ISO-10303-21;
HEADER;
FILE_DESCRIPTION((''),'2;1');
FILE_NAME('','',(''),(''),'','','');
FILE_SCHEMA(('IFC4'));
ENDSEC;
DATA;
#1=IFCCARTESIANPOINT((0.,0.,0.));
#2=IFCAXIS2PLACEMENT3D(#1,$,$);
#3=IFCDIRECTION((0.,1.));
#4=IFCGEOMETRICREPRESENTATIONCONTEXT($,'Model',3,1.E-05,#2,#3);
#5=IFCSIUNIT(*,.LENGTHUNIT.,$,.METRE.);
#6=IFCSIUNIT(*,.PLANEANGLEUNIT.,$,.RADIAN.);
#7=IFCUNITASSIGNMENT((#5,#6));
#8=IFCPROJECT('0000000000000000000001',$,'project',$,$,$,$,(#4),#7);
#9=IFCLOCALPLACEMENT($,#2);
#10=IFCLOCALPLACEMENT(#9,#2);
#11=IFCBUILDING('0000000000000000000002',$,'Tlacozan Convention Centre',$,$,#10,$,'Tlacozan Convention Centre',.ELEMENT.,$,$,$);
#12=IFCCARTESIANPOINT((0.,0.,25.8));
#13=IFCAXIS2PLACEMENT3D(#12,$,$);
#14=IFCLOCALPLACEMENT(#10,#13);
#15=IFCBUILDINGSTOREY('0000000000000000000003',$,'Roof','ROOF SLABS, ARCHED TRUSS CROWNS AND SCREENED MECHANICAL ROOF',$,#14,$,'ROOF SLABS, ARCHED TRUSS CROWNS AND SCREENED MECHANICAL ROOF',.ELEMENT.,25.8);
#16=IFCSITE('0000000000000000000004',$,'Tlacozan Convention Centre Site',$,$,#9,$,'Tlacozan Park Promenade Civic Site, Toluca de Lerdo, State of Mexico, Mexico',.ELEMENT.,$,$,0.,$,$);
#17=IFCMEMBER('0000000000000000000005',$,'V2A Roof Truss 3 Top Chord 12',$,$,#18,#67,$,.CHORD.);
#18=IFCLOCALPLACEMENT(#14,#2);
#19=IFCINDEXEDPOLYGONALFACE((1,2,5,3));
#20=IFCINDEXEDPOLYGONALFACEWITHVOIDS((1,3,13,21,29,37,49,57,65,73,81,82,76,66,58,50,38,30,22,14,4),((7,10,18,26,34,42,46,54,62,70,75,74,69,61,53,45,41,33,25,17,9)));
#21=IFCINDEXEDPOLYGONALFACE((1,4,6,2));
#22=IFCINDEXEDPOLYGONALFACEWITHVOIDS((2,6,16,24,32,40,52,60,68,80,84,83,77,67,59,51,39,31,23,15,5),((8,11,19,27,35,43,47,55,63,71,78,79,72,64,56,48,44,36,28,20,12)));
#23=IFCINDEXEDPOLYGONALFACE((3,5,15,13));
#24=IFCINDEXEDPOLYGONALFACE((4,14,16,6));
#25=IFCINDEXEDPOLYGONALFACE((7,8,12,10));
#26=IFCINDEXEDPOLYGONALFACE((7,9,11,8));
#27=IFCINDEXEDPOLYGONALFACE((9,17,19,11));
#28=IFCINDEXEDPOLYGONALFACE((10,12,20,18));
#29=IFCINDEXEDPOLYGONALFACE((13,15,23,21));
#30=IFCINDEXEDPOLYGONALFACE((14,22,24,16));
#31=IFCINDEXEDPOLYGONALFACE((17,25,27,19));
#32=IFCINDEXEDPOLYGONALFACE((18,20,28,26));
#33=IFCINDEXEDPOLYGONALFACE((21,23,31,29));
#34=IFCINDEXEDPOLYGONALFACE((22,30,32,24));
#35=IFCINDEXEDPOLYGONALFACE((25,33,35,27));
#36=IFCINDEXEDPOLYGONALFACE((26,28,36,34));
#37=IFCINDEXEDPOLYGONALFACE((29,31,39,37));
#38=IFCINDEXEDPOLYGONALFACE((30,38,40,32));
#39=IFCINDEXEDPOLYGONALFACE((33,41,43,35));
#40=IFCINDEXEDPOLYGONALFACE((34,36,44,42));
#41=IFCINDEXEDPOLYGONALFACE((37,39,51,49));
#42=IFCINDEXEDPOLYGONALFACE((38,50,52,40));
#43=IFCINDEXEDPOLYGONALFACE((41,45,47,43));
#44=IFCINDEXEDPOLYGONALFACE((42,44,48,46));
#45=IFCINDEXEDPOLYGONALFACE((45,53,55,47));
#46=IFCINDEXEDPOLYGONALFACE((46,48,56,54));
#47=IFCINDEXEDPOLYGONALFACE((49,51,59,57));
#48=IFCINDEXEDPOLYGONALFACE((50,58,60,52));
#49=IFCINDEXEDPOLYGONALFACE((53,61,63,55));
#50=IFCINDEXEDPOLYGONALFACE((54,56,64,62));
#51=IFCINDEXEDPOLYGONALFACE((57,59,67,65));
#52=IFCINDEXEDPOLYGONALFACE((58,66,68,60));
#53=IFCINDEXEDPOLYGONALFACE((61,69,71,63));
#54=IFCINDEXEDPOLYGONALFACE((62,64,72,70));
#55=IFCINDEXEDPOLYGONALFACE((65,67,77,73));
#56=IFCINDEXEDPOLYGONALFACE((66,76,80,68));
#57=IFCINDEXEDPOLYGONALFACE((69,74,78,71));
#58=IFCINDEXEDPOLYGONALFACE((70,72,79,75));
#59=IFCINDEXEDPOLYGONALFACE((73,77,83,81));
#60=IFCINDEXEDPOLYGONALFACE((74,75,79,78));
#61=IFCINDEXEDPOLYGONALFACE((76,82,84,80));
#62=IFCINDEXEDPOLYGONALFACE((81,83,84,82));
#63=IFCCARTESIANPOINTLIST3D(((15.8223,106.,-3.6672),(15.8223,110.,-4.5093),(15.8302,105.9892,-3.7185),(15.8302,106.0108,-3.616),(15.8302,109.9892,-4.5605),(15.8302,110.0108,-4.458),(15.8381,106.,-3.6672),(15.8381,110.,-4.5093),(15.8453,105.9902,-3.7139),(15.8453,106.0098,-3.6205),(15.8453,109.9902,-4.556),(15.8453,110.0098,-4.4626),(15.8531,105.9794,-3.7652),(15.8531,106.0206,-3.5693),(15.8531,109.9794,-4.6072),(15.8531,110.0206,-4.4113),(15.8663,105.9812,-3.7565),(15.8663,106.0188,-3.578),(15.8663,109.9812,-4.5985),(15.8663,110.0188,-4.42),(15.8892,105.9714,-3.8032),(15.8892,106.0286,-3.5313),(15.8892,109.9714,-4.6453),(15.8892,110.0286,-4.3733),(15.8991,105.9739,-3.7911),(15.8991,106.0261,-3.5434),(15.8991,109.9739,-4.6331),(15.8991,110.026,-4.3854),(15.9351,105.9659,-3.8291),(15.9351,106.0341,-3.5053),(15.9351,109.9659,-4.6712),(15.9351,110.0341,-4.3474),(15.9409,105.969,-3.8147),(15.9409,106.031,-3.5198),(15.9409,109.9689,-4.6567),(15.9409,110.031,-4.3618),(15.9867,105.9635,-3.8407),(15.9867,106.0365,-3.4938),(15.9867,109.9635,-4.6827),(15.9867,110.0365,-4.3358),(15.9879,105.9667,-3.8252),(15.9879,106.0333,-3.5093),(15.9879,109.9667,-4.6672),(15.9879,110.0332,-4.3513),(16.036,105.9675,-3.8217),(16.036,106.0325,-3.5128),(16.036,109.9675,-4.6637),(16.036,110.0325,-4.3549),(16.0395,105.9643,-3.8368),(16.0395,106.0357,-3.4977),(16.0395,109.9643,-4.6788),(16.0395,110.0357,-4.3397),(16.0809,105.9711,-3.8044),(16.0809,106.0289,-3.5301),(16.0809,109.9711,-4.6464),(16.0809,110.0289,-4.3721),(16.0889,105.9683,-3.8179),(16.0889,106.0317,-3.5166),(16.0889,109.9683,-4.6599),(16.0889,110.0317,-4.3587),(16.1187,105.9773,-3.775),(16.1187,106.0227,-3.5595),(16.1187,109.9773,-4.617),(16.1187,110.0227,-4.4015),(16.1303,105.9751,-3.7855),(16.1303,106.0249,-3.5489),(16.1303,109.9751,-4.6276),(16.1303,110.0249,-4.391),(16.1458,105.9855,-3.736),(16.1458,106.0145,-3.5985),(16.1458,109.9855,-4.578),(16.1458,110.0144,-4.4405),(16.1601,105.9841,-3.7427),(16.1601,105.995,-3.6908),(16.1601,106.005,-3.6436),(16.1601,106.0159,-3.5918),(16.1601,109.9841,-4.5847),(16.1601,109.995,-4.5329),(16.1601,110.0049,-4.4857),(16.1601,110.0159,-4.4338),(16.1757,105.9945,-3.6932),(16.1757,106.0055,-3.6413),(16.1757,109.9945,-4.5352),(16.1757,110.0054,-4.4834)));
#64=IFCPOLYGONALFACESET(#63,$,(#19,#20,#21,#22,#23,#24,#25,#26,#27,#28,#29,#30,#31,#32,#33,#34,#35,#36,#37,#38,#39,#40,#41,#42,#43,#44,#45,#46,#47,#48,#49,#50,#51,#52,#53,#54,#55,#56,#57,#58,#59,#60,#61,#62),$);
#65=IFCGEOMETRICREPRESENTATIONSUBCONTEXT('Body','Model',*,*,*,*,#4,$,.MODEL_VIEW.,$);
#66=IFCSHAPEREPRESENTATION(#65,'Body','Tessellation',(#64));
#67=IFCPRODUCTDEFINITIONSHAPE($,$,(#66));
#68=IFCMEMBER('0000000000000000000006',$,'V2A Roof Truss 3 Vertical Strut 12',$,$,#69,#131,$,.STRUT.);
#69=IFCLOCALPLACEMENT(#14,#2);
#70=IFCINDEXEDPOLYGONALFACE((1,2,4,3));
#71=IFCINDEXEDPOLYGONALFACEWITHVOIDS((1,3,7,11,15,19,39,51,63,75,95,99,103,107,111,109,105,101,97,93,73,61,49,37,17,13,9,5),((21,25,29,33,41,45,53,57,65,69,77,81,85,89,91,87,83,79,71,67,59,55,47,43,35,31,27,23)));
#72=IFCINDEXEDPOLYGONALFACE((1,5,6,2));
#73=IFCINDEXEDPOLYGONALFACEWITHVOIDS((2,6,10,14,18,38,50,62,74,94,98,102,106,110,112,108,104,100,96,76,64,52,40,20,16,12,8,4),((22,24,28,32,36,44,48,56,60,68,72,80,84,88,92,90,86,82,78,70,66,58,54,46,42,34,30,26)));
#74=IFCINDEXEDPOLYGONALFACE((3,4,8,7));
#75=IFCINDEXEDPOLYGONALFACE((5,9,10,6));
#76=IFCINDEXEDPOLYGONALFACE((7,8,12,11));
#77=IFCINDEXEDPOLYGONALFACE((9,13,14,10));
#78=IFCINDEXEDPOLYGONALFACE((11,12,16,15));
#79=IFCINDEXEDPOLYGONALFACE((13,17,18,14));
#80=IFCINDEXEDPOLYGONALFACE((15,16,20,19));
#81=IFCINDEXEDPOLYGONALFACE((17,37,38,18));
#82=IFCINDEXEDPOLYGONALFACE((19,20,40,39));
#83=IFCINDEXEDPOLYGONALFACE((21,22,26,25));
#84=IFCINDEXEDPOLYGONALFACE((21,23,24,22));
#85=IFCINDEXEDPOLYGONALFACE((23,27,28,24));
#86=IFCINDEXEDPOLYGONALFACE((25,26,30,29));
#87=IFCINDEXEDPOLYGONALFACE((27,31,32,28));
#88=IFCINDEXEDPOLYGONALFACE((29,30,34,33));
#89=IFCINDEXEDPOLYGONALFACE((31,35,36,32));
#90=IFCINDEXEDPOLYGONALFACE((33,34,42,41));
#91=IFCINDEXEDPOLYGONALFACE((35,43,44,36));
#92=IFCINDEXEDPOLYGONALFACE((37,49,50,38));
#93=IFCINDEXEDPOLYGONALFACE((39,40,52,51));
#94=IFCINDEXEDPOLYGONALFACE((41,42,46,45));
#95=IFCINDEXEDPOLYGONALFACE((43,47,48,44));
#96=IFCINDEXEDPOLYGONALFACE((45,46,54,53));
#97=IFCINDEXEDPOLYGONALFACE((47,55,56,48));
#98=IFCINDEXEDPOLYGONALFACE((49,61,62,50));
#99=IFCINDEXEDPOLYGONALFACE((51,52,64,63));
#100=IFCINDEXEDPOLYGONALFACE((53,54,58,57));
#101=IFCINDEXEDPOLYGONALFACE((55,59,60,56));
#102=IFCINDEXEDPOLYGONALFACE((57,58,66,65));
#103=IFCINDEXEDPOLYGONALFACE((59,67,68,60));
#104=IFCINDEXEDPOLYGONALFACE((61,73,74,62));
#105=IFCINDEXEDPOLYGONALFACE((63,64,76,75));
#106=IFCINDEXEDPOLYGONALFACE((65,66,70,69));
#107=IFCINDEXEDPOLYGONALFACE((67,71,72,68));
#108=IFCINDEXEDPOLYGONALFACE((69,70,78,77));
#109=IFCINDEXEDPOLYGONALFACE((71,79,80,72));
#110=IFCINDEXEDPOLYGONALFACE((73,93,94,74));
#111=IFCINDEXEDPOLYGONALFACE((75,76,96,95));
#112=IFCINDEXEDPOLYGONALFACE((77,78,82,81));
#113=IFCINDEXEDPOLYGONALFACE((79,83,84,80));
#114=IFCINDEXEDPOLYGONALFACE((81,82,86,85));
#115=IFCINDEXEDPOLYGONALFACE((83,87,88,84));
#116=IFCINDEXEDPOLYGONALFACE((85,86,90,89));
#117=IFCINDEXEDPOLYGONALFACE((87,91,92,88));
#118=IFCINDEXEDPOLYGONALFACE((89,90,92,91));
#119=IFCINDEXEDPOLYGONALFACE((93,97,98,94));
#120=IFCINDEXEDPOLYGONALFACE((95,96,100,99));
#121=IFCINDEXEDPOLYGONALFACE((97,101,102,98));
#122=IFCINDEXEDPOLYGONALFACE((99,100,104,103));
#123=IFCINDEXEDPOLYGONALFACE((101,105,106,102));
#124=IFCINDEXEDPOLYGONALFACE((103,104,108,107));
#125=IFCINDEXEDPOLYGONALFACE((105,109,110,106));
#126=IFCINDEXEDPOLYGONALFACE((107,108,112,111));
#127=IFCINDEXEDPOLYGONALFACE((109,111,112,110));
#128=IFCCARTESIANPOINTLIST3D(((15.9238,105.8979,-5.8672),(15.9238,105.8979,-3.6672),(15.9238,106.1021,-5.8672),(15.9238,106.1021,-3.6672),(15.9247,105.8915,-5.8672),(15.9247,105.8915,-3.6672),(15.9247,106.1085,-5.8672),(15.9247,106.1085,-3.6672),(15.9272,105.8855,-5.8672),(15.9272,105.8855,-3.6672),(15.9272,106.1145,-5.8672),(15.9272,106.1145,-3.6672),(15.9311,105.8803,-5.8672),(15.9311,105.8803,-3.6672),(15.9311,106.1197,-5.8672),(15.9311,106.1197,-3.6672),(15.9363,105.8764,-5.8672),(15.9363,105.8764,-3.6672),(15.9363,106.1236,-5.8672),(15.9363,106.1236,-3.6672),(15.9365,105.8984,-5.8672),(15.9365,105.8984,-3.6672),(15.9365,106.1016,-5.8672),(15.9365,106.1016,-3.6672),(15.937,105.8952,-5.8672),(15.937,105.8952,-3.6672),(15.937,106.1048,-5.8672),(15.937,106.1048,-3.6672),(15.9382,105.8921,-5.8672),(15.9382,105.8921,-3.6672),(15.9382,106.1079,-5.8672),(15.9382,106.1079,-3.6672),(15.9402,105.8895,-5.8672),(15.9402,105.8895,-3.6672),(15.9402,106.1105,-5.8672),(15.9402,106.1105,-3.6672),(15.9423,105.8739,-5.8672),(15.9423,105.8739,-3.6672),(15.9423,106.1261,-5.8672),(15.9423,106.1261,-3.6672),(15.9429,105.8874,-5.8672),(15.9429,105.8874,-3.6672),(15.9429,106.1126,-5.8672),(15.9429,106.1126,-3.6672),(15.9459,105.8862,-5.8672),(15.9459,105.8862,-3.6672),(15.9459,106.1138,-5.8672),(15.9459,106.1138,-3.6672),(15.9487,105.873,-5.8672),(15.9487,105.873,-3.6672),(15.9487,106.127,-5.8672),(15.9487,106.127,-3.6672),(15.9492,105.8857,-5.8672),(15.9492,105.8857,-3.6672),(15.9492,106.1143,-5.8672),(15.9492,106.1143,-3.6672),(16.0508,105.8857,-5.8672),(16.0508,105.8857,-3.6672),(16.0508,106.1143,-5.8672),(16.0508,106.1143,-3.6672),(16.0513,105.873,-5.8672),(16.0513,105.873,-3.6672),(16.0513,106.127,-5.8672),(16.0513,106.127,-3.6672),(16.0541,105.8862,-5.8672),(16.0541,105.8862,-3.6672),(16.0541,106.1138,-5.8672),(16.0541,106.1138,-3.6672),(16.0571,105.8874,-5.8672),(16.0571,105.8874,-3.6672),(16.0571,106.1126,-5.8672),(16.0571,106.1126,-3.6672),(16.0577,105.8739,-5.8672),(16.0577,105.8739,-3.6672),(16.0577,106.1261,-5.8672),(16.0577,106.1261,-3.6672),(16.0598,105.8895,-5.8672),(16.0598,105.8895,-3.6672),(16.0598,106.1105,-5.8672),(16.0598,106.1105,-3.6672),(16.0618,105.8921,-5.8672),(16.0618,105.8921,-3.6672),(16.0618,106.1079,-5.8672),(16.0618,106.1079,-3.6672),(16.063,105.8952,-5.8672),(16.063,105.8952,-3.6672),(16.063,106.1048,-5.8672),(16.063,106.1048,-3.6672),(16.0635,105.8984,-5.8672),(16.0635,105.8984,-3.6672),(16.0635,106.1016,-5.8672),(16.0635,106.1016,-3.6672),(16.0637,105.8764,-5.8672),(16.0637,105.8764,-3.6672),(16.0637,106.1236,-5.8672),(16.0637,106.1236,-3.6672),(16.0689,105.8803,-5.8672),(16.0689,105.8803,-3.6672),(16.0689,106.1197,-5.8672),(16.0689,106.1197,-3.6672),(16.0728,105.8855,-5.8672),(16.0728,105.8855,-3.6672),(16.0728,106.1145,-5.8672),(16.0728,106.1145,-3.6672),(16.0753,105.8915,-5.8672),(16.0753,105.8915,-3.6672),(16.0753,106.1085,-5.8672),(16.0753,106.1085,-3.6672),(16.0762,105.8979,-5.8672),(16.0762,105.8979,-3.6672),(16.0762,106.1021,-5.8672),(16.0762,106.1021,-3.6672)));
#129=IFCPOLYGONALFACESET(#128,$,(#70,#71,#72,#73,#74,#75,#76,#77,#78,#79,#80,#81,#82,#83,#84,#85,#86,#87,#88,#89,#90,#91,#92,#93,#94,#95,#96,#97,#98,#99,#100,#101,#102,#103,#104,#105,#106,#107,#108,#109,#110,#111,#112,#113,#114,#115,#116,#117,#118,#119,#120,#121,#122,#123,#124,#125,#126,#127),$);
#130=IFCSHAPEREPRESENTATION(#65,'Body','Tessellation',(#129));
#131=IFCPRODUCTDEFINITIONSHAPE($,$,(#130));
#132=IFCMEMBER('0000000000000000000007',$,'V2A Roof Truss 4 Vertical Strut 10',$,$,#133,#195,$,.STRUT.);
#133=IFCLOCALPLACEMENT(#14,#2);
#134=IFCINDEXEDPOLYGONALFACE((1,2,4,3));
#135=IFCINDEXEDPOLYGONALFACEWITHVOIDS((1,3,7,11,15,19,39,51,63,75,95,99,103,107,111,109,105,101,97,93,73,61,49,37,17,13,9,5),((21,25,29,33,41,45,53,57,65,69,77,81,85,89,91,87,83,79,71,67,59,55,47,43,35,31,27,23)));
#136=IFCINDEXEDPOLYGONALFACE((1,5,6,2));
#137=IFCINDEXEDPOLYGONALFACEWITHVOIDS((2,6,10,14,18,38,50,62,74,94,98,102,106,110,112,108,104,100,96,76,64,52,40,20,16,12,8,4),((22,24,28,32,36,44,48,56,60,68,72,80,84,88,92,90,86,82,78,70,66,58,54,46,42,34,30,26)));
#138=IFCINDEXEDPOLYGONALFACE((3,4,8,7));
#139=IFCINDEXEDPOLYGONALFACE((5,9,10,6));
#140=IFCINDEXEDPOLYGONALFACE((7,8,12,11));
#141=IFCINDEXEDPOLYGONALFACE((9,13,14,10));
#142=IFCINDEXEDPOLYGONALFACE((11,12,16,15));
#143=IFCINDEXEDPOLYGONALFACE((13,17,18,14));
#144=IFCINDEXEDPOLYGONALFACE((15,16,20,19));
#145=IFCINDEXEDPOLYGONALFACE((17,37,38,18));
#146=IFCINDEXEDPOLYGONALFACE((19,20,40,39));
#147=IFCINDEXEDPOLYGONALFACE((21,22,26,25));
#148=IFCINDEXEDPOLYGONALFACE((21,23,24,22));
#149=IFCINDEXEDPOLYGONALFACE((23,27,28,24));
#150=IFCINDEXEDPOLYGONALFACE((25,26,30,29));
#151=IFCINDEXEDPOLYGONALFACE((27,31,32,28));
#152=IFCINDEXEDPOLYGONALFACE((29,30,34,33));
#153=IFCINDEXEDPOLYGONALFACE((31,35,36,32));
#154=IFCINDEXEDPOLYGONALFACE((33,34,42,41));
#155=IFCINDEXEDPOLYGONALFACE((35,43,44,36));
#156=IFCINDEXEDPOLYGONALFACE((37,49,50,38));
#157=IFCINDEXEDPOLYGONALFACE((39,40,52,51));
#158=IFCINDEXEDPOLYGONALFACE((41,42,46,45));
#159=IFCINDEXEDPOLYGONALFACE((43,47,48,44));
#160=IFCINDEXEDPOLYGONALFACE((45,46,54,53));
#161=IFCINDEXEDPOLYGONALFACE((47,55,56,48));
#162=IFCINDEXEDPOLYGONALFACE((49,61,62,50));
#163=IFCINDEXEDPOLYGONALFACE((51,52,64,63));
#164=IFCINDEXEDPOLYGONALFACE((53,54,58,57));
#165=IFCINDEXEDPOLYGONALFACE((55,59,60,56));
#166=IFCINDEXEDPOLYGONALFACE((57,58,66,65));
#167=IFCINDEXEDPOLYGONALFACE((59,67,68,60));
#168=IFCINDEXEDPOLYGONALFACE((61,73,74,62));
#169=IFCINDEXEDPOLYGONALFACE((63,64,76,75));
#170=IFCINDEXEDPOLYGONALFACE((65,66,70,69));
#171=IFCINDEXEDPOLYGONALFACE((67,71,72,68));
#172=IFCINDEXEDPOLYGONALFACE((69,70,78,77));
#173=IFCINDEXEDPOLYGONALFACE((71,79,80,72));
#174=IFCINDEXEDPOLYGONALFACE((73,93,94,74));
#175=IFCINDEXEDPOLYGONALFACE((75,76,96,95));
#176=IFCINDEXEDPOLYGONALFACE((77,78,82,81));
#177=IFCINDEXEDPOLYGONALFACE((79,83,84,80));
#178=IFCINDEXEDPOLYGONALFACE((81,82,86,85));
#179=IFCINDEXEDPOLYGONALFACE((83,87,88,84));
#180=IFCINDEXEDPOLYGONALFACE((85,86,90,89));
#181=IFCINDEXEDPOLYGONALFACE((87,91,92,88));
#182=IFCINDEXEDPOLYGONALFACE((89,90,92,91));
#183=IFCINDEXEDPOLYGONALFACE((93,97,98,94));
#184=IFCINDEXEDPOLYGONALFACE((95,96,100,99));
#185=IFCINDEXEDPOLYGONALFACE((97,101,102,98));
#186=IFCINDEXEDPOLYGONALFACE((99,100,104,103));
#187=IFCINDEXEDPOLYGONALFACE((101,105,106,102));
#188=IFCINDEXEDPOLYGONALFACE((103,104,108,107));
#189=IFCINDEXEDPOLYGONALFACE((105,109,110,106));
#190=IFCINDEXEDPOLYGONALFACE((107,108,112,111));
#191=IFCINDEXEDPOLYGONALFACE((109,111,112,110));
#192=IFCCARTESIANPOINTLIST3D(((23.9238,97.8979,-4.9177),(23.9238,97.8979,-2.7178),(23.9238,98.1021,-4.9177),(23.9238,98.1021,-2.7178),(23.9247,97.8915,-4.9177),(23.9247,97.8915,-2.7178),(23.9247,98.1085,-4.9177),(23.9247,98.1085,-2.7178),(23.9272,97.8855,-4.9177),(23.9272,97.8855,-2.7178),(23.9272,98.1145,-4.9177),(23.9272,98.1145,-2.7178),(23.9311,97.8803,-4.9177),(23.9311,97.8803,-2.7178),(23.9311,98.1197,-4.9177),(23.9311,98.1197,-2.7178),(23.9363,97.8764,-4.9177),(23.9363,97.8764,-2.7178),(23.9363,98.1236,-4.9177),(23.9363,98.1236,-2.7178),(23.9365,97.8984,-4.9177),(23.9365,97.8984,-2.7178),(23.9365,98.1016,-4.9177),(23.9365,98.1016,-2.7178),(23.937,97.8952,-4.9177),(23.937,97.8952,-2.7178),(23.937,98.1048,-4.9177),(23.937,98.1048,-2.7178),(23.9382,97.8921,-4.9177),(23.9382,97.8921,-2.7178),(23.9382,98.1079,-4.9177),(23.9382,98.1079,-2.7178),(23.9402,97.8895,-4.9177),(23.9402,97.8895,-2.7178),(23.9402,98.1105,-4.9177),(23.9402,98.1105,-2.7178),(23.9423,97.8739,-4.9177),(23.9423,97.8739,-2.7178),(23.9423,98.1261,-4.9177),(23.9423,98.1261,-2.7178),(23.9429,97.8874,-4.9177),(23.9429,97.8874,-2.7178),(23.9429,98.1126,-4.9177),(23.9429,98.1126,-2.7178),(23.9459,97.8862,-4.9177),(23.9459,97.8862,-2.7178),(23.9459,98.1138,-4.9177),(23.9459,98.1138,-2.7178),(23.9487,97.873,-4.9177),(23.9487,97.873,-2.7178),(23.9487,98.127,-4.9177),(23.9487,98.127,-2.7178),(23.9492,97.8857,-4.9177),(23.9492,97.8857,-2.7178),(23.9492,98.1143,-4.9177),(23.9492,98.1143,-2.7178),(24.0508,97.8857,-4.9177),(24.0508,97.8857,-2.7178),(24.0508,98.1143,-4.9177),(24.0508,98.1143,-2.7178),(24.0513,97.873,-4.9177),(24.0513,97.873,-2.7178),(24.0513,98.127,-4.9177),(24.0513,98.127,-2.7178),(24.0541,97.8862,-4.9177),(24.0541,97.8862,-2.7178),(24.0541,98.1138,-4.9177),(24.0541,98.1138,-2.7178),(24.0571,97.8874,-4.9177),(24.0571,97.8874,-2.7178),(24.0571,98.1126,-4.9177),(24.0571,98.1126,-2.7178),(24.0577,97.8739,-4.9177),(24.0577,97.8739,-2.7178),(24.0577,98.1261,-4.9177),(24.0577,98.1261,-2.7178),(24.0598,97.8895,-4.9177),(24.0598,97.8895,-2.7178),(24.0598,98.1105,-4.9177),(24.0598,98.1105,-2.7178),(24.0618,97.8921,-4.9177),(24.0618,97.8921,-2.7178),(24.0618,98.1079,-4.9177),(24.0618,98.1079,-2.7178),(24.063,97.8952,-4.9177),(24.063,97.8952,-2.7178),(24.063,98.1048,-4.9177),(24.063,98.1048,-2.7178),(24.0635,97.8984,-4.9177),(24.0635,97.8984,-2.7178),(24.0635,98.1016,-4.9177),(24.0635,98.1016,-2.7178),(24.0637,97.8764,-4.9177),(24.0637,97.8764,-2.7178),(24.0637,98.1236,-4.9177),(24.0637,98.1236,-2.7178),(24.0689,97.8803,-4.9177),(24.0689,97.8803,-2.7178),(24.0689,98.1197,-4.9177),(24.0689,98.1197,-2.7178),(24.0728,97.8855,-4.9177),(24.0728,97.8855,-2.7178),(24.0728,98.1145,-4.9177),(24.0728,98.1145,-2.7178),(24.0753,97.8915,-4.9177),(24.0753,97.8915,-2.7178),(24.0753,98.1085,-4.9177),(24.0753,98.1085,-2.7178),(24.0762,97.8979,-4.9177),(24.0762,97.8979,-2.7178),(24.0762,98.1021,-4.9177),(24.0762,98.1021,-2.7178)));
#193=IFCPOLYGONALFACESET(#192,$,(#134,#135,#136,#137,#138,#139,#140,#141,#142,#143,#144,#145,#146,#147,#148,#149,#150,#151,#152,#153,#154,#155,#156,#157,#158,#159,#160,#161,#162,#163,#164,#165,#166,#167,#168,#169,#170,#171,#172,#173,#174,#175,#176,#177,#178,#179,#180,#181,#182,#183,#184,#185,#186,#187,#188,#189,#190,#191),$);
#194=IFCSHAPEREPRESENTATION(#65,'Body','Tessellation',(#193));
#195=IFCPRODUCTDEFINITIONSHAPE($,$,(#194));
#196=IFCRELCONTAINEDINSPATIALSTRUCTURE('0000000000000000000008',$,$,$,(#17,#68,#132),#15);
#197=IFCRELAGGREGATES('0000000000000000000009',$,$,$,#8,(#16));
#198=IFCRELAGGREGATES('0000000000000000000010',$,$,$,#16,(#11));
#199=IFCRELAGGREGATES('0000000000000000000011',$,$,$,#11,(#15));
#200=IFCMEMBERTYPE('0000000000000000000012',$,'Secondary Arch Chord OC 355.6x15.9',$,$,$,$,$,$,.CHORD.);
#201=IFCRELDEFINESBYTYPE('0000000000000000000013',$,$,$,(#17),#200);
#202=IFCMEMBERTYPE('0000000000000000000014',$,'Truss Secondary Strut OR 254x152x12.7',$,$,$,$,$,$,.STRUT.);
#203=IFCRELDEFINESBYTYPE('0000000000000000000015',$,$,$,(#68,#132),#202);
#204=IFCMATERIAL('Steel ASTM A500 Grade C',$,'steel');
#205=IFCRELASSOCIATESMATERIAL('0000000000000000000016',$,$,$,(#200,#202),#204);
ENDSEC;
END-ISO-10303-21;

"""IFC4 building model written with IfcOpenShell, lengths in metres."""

from ifc_helpers import new_model, si_unit, direction, frame, origin, origin_2d, place, context, subcontext, project, spatial, hollow_rectangle, hollow_circle, extrude, material, material_profile, profile_set, type_object, element, save


model = new_model("IFC4")

# Units and contexts
model_context = context("Model", 3, precision=1e-05, world=origin(), true_north=direction((0.0, 1.0)))
body_context = subcontext(model_context, "Body", "Model", "MODEL_VIEW")
ifc_project = project(units=[si_unit("LENGTHUNIT", "METRE"), si_unit("PLANEANGLEUNIT", "RADIAN")], contexts=[model_context])

# Site, building, storey
site_placement = place(None, origin())
site = spatial("IfcSite", under=ifc_project, at=site_placement, Name="Tlacozan Convention Centre Site", LongName="Tlacozan Park Promenade Civic Site, Toluca de Lerdo, State of Mexico, Mexico", CompositionType="ELEMENT", RefElevation=0.0)
building_placement = place(site_placement, origin())
building = spatial("IfcBuilding", under=site, at=building_placement, Name="Tlacozan Convention Centre", LongName="Tlacozan Convention Centre", CompositionType="ELEMENT")
storey_placement = place(building_placement, frame((0.0, 0.0, 25.8)))
storey = spatial("IfcBuildingStorey", under=building, at=storey_placement, Name="Roof", Description="ROOF SLABS, ARCHED TRUSS CROWNS AND SCREENED MECHANICAL ROOF", LongName="ROOF SLABS, ARCHED TRUSS CROWNS AND SCREENED MECHANICAL ROOF", CompositionType="ELEMENT", Elevation=25.8)

# Members
ifc_material_1 = material(Name="Steel ASTM A500 Grade C", Category="steel")
ifc_material_profile_1 = material_profile(ifc_material_1, hollow_circle(Radius=0.1777, WallThickness=0.0159, at=origin_2d()), Name="OC 355.6x15.9")
ifc_profile_set_1 = profile_set([ifc_material_profile_1], Name="Steel ASTM A500 Grade C")
member_type_1 = type_object("IfcMemberType", Name="Secondary Arch Chord OC 355.6x15.9", PredefinedType="CHORD", material=ifc_profile_set_1)
member_1_placement = place(storey_placement, frame((16.0, 106.0, -3.6672), z_axis=(0.0, 0.978553, -0.205995), x_axis=(-1.0, 0.0, 0.0)))
element("IfcMember", 1, at=member_1_placement, inside=storey, type_object=member_type_1, Name="V2A Roof Truss 3 Top Chord 12", PredefinedType="CHORD", context=body_context, shape_type="SweptSolid", body=[
    extrude(hollow_circle(Radius=0.1777, WallThickness=0.0159, at=origin_2d()), origin(), (0.0, 0.0, 1.0), 4.0876),
])
ifc_material_profile_2 = material_profile(ifc_material_1, hollow_rectangle(XDim=0.1523, YDim=0.2539, WallThickness=0.0127, InnerFilletRadius=0.0127, OuterFilletRadius=0.0249, at=origin_2d()), Name="OR 254x152x12.7")
ifc_profile_set_2 = profile_set([ifc_material_profile_2], Name="Steel ASTM A500 Grade C")
member_type_2 = type_object("IfcMemberType", Name="Truss Secondary Strut OR 254x152x12.7", PredefinedType="STRUT", material=ifc_profile_set_2)
for number, where, z_axis, x_axis, name in (
    (2, (16.0, 106.0, -5.8672), (0.0, 0.0, 1.0), (1.0, 0.0, 0.0), "V2A Roof Truss 3 Vertical Strut 12"),
    (3, (24.0, 98.0, -4.9177), (0.0, 0.0, 1.0), (1.0, 0.0, 0.0), "V2A Roof Truss 4 Vertical Strut 10"),
):
    element("IfcMember", number, at=place(storey_placement, frame(where, z_axis=z_axis, x_axis=x_axis)), inside=storey, type_object=member_type_2, Name=name, PredefinedType="STRUT", context=body_context, shape_type="SweptSolid", body=[
        extrude(hollow_rectangle(XDim=0.1523, YDim=0.2539, WallThickness=0.0127, InnerFilletRadius=0.0127, OuterFilletRadius=0.0249, at=origin_2d()), origin(), (0.0, 0.0, 1.0), 2.2),
    ])

save(model, "model.ifc")
